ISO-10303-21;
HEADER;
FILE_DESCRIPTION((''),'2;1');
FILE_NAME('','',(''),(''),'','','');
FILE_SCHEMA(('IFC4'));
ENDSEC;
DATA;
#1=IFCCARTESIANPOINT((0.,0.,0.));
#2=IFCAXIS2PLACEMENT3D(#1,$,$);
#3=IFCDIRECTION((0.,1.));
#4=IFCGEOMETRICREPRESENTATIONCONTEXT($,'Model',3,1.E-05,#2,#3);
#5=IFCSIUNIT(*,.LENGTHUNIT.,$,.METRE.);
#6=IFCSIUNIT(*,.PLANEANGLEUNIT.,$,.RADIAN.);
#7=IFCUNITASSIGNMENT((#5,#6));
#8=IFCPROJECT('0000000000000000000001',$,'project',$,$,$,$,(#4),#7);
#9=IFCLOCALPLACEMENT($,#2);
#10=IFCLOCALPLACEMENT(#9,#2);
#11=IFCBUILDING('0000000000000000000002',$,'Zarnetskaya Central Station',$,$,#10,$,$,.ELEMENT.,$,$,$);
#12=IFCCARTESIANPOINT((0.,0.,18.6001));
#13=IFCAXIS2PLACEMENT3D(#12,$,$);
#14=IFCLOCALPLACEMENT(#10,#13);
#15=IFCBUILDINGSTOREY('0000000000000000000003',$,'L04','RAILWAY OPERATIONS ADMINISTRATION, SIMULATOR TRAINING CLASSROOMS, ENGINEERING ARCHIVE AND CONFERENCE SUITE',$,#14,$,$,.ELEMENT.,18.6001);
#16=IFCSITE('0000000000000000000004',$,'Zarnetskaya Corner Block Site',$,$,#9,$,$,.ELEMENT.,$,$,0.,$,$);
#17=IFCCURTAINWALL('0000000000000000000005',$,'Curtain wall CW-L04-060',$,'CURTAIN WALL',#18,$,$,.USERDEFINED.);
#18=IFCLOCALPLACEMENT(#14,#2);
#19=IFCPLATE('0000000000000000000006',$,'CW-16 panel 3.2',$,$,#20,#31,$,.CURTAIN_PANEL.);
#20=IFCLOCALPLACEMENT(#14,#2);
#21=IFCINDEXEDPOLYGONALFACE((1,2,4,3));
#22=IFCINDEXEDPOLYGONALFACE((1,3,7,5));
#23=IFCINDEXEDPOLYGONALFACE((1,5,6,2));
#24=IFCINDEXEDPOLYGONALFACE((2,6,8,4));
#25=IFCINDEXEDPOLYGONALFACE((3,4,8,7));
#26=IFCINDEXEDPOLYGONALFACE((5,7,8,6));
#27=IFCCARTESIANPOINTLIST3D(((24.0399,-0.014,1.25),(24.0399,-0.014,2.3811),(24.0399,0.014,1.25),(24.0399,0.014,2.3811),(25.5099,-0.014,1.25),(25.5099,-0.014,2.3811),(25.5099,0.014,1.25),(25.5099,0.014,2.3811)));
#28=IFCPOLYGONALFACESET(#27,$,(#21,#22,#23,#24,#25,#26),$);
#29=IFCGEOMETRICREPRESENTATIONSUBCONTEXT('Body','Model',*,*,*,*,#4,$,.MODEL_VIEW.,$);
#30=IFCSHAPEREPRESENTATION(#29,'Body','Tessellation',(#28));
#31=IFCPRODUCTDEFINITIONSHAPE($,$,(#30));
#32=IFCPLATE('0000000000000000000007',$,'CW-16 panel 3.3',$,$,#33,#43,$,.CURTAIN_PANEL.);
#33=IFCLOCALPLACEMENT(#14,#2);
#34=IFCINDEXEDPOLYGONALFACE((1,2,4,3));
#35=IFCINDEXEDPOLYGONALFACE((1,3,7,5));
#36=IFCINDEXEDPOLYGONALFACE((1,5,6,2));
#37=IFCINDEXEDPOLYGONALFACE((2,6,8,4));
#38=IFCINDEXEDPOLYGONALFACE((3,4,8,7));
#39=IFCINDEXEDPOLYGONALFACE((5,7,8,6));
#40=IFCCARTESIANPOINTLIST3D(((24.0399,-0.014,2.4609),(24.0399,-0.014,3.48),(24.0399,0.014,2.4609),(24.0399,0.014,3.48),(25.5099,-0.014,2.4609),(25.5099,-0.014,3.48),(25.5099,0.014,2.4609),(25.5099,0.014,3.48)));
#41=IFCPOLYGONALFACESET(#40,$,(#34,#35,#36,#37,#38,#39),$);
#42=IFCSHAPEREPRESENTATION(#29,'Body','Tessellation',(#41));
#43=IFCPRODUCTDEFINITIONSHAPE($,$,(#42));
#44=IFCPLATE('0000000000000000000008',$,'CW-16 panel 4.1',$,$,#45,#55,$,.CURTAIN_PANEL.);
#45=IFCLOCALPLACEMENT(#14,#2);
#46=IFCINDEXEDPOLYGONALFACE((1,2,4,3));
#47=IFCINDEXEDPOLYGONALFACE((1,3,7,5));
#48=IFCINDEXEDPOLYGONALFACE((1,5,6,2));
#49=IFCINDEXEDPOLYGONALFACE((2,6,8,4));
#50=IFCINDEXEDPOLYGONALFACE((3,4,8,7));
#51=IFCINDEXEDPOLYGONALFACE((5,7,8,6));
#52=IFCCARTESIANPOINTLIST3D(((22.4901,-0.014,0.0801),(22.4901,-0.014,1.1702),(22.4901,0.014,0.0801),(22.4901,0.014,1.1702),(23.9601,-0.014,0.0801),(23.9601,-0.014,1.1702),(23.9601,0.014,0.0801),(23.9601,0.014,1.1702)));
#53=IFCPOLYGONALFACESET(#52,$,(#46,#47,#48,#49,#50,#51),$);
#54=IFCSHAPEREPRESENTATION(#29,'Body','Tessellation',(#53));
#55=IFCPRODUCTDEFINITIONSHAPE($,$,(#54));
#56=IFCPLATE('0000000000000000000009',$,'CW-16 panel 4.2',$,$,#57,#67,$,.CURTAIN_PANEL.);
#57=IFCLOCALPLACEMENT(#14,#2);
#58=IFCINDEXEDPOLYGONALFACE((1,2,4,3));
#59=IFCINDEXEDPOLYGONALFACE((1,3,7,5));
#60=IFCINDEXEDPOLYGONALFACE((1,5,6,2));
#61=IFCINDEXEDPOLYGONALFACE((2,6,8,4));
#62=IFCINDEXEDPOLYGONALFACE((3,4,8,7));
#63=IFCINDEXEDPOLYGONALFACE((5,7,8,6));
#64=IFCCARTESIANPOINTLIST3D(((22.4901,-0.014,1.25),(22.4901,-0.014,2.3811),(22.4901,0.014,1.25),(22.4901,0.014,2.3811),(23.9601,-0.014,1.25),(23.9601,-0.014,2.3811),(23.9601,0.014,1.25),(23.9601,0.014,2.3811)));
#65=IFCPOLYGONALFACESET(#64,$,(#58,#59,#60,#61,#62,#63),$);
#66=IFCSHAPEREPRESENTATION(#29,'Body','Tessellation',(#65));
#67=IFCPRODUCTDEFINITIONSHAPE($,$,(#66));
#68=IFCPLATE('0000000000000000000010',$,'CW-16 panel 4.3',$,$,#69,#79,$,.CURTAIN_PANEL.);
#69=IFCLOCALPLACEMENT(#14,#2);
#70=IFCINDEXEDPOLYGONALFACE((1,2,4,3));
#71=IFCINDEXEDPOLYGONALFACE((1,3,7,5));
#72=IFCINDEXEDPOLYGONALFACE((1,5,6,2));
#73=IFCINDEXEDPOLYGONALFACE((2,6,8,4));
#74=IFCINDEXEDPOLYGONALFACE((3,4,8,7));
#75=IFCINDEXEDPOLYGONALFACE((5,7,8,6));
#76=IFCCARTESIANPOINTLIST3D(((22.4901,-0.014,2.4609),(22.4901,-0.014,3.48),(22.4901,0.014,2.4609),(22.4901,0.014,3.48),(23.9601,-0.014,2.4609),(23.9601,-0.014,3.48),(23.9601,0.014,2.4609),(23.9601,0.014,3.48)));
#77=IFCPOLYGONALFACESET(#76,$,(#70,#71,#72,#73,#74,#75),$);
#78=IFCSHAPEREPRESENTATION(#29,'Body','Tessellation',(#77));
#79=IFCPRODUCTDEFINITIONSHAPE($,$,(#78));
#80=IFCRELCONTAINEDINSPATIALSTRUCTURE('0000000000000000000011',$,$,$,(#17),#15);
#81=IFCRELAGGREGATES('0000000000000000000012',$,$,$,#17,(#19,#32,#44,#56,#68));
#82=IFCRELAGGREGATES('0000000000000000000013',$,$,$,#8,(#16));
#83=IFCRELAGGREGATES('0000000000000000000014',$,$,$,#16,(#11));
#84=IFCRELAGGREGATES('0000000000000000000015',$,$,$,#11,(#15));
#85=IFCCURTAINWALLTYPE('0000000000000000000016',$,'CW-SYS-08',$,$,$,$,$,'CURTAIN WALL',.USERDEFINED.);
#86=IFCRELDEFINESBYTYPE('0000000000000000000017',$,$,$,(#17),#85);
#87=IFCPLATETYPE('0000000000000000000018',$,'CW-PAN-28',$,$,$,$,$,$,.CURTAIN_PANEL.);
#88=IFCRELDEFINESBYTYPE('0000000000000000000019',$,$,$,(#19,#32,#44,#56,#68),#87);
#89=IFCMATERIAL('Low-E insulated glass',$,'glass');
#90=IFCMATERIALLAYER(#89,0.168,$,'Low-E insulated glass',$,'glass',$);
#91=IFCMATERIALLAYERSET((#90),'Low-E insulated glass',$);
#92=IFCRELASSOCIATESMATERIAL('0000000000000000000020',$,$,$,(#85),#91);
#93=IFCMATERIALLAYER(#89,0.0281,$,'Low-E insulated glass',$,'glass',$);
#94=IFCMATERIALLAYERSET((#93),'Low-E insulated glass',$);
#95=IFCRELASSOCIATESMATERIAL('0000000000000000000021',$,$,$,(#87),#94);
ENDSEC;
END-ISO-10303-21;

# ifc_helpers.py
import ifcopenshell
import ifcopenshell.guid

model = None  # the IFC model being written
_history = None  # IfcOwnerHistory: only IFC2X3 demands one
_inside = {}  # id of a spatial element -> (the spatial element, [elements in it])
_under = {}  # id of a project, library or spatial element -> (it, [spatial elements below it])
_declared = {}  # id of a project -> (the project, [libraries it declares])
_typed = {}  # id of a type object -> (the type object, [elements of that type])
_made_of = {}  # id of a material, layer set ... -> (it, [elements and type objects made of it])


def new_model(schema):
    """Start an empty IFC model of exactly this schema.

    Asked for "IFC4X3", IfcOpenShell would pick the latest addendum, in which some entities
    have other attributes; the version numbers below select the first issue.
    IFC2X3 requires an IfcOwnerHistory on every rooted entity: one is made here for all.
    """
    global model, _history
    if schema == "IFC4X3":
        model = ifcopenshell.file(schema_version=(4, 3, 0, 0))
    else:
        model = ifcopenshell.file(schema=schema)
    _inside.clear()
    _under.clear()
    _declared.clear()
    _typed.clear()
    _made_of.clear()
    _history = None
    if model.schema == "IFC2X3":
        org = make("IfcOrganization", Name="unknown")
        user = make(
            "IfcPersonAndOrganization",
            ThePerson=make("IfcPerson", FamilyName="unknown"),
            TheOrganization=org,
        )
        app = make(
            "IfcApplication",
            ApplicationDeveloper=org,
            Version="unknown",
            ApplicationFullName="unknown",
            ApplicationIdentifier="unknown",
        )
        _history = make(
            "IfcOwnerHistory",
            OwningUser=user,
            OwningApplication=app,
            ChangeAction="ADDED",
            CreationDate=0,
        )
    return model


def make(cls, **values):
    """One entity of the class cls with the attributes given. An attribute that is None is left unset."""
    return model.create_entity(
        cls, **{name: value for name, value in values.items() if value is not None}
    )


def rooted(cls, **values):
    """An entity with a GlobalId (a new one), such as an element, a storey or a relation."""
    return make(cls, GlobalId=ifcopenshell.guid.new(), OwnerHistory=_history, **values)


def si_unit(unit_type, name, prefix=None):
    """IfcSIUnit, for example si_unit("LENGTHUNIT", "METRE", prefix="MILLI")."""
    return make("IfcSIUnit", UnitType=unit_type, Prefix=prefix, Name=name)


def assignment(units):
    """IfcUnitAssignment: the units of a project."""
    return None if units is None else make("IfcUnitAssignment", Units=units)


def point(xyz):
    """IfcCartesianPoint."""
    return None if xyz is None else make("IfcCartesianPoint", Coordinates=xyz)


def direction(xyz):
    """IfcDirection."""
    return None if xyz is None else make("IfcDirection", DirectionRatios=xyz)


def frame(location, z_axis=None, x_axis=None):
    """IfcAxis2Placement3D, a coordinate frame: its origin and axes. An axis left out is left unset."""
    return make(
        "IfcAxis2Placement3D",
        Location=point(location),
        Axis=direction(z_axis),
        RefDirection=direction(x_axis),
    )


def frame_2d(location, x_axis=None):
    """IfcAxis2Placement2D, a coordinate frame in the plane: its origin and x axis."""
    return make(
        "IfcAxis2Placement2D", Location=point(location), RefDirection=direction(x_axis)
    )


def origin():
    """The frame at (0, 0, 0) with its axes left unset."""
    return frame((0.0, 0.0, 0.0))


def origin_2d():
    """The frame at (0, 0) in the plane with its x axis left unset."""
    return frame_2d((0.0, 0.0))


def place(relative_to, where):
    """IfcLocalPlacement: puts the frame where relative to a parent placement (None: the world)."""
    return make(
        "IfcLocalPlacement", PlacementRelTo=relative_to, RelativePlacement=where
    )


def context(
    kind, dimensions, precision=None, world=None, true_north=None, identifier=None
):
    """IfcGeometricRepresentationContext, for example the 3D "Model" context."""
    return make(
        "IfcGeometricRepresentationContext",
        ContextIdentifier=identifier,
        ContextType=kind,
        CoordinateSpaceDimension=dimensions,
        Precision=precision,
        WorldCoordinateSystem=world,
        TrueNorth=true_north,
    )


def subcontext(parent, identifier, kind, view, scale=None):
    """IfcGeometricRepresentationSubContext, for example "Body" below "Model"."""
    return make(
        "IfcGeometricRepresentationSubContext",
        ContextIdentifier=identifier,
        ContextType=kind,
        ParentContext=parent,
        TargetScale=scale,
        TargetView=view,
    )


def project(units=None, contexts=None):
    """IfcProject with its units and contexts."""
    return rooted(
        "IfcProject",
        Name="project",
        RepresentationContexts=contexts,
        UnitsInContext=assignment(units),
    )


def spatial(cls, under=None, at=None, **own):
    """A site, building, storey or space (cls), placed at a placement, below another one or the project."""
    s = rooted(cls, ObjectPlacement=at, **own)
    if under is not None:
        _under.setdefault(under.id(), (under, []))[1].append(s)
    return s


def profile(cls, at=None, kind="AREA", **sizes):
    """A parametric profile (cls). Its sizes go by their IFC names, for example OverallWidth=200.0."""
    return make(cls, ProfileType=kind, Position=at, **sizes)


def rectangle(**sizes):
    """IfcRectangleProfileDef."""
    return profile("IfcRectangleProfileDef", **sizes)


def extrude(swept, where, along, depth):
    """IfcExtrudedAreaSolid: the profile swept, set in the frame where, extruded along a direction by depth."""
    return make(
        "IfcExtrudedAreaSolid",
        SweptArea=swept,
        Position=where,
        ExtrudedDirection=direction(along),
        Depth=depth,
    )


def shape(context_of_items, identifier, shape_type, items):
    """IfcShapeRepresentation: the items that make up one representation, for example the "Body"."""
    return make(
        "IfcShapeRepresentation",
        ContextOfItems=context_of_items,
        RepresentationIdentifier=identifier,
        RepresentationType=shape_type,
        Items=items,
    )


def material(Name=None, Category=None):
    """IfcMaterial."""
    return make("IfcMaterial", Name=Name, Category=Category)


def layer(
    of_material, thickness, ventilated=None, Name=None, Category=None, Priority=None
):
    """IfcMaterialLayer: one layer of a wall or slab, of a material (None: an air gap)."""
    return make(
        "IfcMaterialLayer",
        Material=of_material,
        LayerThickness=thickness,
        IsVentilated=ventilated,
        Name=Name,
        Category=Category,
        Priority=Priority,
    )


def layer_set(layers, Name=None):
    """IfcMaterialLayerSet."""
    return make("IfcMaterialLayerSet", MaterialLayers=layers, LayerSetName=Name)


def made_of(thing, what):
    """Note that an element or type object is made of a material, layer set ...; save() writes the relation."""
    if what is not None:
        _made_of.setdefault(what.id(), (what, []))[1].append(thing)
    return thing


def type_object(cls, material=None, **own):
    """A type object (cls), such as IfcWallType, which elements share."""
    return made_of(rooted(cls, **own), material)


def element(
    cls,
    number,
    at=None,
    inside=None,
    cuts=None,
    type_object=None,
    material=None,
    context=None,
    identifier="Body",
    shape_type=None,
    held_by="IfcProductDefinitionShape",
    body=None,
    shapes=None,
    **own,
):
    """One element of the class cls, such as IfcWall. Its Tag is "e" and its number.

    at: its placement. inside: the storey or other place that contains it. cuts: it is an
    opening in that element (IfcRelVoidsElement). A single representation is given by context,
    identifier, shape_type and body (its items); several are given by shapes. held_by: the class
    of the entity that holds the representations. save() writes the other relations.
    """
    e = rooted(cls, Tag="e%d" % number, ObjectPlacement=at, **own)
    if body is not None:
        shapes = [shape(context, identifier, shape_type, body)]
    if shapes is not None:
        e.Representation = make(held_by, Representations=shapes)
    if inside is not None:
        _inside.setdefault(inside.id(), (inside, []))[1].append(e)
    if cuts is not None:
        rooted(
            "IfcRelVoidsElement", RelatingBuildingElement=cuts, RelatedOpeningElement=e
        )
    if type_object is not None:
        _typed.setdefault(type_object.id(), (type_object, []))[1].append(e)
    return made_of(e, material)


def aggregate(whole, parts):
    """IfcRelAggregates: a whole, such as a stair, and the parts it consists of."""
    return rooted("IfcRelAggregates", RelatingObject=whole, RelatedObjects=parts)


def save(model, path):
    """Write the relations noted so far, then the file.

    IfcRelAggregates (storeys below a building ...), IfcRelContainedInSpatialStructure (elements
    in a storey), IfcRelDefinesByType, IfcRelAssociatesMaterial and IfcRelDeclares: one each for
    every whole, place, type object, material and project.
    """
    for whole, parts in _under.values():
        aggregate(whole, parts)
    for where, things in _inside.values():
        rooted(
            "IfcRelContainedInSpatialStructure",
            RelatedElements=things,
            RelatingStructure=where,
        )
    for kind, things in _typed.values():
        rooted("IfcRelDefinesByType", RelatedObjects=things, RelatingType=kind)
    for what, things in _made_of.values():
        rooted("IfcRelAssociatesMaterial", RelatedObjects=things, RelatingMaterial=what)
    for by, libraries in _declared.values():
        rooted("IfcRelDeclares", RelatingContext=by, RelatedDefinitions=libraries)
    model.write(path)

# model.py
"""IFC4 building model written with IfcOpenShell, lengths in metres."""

from ifc_helpers import new_model, si_unit, direction, frame, origin, origin_2d, place, context, subcontext, project, spatial, rectangle, extrude, material, layer, layer_set, type_object, element, aggregate, save


model = new_model("IFC4")

# Units and contexts
model_context = context("Model", 3, precision=1e-05, world=origin(), true_north=direction((0.0, 1.0)))
body_context = subcontext(model_context, "Body", "Model", "MODEL_VIEW")
ifc_project = project(units=[si_unit("LENGTHUNIT", "METRE"), si_unit("PLANEANGLEUNIT", "RADIAN")], contexts=[model_context])

# Site, building, storey
site_placement = place(None, origin())
site = spatial("IfcSite", under=ifc_project, at=site_placement, Name="Zarnetskaya Corner Block Site", CompositionType="ELEMENT", RefElevation=0.0)
building_placement = place(site_placement, origin())
building = spatial("IfcBuilding", under=site, at=building_placement, Name="Zarnetskaya Central Station", CompositionType="ELEMENT")
storey_placement = place(building_placement, frame((0.0, 0.0, 18.6001)))
storey = spatial("IfcBuildingStorey", under=building, at=storey_placement, Name="L04", Description="RAILWAY OPERATIONS ADMINISTRATION, SIMULATOR TRAINING CLASSROOMS, ENGINEERING ARCHIVE AND CONFERENCE SUITE", CompositionType="ELEMENT", Elevation=18.6001)

# Curtain wall, plates
ifc_material_1 = material(Name="Low-E insulated glass", Category="glass")
ifc_layer_1 = layer(ifc_material_1, 0.168, Name="Low-E insulated glass", Category="glass")
ifc_layer_set_1 = layer_set([ifc_layer_1], Name="Low-E insulated glass")
curtain_wall_type = type_object("IfcCurtainWallType", Name="CW-SYS-08", ElementType="CURTAIN WALL", PredefinedType="USERDEFINED", material=ifc_layer_set_1)
curtain_wall_placement = place(storey_placement, origin())
curtain_wall = element("IfcCurtainWall", 1, at=curtain_wall_placement, inside=storey, type_object=curtain_wall_type, Name="Curtain wall CW-L04-060", ObjectType="CURTAIN WALL", PredefinedType="USERDEFINED")
ifc_layer_2 = layer(ifc_material_1, 0.0281, Name="Low-E insulated glass", Category="glass")
ifc_layer_set_2 = layer_set([ifc_layer_2], Name="Low-E insulated glass")
plate_type = type_object("IfcPlateType", Name="CW-PAN-28", PredefinedType="CURTAIN_PANEL", material=ifc_layer_set_2)
plate_1_placement = place(storey_placement, frame((24.7749, 0.0, 1.25), z_axis=(0.0, 0.0, 1.0), x_axis=(-1.0, 0.0, 0.0)))
plate_1 = element("IfcPlate", 2, at=plate_1_placement, type_object=plate_type, Name="CW-16 panel 3.2", PredefinedType="CURTAIN_PANEL", context=body_context, shape_type="SweptSolid", body=[
    extrude(rectangle(XDim=1.47, YDim=0.0281, at=origin_2d()), origin(), (0.0, 0.0, 1.0), 1.1311),
])
plate_2_placement = place(storey_placement, frame((24.7749, 0.0, 2.4609), z_axis=(0.0, 0.0, 1.0), x_axis=(-1.0, 0.0, 0.0)))
plate_2 = element("IfcPlate", 3, at=plate_2_placement, type_object=plate_type, Name="CW-16 panel 3.3", PredefinedType="CURTAIN_PANEL", context=body_context, shape_type="SweptSolid", body=[
    extrude(rectangle(XDim=1.47, YDim=0.0281, at=origin_2d()), origin(), (0.0, 0.0, 1.0), 1.019),
])
plate_3_placement = place(storey_placement, frame((23.2251, 0.0, 0.0801), z_axis=(0.0, 0.0, 1.0), x_axis=(-1.0, 0.0, 0.0)))
plate_3 = element("IfcPlate", 4, at=plate_3_placement, type_object=plate_type, Name="CW-16 panel 4.1", PredefinedType="CURTAIN_PANEL", context=body_context, shape_type="SweptSolid", body=[
    extrude(rectangle(XDim=1.47, YDim=0.0281, at=origin_2d()), origin(), (0.0, 0.0, 1.0), 1.0901),
])
plate_4_placement = place(storey_placement, frame((23.2251, 0.0, 1.25), z_axis=(0.0, 0.0, 1.0), x_axis=(-1.0, 0.0, 0.0)))
plate_4 = element("IfcPlate", 5, at=plate_4_placement, type_object=plate_type, Name="CW-16 panel 4.2", PredefinedType="CURTAIN_PANEL", context=body_context, shape_type="SweptSolid", body=[
    extrude(rectangle(XDim=1.47, YDim=0.0281, at=origin_2d()), origin(), (0.0, 0.0, 1.0), 1.1311),
])
plate_5_placement = place(storey_placement, frame((23.2251, 0.0, 2.4609), z_axis=(0.0, 0.0, 1.0), x_axis=(-1.0, 0.0, 0.0)))
plate_5 = element("IfcPlate", 6, at=plate_5_placement, type_object=plate_type, Name="CW-16 panel 4.3", PredefinedType="CURTAIN_PANEL", context=body_context, shape_type="SweptSolid", body=[
    extrude(rectangle(XDim=1.47, YDim=0.0281, at=origin_2d()), origin(), (0.0, 0.0, 1.0), 1.019),
])
aggregate(curtain_wall, [plate_1, plate_2, plate_3, plate_4, plate_5])

save(model, "model.ifc")
